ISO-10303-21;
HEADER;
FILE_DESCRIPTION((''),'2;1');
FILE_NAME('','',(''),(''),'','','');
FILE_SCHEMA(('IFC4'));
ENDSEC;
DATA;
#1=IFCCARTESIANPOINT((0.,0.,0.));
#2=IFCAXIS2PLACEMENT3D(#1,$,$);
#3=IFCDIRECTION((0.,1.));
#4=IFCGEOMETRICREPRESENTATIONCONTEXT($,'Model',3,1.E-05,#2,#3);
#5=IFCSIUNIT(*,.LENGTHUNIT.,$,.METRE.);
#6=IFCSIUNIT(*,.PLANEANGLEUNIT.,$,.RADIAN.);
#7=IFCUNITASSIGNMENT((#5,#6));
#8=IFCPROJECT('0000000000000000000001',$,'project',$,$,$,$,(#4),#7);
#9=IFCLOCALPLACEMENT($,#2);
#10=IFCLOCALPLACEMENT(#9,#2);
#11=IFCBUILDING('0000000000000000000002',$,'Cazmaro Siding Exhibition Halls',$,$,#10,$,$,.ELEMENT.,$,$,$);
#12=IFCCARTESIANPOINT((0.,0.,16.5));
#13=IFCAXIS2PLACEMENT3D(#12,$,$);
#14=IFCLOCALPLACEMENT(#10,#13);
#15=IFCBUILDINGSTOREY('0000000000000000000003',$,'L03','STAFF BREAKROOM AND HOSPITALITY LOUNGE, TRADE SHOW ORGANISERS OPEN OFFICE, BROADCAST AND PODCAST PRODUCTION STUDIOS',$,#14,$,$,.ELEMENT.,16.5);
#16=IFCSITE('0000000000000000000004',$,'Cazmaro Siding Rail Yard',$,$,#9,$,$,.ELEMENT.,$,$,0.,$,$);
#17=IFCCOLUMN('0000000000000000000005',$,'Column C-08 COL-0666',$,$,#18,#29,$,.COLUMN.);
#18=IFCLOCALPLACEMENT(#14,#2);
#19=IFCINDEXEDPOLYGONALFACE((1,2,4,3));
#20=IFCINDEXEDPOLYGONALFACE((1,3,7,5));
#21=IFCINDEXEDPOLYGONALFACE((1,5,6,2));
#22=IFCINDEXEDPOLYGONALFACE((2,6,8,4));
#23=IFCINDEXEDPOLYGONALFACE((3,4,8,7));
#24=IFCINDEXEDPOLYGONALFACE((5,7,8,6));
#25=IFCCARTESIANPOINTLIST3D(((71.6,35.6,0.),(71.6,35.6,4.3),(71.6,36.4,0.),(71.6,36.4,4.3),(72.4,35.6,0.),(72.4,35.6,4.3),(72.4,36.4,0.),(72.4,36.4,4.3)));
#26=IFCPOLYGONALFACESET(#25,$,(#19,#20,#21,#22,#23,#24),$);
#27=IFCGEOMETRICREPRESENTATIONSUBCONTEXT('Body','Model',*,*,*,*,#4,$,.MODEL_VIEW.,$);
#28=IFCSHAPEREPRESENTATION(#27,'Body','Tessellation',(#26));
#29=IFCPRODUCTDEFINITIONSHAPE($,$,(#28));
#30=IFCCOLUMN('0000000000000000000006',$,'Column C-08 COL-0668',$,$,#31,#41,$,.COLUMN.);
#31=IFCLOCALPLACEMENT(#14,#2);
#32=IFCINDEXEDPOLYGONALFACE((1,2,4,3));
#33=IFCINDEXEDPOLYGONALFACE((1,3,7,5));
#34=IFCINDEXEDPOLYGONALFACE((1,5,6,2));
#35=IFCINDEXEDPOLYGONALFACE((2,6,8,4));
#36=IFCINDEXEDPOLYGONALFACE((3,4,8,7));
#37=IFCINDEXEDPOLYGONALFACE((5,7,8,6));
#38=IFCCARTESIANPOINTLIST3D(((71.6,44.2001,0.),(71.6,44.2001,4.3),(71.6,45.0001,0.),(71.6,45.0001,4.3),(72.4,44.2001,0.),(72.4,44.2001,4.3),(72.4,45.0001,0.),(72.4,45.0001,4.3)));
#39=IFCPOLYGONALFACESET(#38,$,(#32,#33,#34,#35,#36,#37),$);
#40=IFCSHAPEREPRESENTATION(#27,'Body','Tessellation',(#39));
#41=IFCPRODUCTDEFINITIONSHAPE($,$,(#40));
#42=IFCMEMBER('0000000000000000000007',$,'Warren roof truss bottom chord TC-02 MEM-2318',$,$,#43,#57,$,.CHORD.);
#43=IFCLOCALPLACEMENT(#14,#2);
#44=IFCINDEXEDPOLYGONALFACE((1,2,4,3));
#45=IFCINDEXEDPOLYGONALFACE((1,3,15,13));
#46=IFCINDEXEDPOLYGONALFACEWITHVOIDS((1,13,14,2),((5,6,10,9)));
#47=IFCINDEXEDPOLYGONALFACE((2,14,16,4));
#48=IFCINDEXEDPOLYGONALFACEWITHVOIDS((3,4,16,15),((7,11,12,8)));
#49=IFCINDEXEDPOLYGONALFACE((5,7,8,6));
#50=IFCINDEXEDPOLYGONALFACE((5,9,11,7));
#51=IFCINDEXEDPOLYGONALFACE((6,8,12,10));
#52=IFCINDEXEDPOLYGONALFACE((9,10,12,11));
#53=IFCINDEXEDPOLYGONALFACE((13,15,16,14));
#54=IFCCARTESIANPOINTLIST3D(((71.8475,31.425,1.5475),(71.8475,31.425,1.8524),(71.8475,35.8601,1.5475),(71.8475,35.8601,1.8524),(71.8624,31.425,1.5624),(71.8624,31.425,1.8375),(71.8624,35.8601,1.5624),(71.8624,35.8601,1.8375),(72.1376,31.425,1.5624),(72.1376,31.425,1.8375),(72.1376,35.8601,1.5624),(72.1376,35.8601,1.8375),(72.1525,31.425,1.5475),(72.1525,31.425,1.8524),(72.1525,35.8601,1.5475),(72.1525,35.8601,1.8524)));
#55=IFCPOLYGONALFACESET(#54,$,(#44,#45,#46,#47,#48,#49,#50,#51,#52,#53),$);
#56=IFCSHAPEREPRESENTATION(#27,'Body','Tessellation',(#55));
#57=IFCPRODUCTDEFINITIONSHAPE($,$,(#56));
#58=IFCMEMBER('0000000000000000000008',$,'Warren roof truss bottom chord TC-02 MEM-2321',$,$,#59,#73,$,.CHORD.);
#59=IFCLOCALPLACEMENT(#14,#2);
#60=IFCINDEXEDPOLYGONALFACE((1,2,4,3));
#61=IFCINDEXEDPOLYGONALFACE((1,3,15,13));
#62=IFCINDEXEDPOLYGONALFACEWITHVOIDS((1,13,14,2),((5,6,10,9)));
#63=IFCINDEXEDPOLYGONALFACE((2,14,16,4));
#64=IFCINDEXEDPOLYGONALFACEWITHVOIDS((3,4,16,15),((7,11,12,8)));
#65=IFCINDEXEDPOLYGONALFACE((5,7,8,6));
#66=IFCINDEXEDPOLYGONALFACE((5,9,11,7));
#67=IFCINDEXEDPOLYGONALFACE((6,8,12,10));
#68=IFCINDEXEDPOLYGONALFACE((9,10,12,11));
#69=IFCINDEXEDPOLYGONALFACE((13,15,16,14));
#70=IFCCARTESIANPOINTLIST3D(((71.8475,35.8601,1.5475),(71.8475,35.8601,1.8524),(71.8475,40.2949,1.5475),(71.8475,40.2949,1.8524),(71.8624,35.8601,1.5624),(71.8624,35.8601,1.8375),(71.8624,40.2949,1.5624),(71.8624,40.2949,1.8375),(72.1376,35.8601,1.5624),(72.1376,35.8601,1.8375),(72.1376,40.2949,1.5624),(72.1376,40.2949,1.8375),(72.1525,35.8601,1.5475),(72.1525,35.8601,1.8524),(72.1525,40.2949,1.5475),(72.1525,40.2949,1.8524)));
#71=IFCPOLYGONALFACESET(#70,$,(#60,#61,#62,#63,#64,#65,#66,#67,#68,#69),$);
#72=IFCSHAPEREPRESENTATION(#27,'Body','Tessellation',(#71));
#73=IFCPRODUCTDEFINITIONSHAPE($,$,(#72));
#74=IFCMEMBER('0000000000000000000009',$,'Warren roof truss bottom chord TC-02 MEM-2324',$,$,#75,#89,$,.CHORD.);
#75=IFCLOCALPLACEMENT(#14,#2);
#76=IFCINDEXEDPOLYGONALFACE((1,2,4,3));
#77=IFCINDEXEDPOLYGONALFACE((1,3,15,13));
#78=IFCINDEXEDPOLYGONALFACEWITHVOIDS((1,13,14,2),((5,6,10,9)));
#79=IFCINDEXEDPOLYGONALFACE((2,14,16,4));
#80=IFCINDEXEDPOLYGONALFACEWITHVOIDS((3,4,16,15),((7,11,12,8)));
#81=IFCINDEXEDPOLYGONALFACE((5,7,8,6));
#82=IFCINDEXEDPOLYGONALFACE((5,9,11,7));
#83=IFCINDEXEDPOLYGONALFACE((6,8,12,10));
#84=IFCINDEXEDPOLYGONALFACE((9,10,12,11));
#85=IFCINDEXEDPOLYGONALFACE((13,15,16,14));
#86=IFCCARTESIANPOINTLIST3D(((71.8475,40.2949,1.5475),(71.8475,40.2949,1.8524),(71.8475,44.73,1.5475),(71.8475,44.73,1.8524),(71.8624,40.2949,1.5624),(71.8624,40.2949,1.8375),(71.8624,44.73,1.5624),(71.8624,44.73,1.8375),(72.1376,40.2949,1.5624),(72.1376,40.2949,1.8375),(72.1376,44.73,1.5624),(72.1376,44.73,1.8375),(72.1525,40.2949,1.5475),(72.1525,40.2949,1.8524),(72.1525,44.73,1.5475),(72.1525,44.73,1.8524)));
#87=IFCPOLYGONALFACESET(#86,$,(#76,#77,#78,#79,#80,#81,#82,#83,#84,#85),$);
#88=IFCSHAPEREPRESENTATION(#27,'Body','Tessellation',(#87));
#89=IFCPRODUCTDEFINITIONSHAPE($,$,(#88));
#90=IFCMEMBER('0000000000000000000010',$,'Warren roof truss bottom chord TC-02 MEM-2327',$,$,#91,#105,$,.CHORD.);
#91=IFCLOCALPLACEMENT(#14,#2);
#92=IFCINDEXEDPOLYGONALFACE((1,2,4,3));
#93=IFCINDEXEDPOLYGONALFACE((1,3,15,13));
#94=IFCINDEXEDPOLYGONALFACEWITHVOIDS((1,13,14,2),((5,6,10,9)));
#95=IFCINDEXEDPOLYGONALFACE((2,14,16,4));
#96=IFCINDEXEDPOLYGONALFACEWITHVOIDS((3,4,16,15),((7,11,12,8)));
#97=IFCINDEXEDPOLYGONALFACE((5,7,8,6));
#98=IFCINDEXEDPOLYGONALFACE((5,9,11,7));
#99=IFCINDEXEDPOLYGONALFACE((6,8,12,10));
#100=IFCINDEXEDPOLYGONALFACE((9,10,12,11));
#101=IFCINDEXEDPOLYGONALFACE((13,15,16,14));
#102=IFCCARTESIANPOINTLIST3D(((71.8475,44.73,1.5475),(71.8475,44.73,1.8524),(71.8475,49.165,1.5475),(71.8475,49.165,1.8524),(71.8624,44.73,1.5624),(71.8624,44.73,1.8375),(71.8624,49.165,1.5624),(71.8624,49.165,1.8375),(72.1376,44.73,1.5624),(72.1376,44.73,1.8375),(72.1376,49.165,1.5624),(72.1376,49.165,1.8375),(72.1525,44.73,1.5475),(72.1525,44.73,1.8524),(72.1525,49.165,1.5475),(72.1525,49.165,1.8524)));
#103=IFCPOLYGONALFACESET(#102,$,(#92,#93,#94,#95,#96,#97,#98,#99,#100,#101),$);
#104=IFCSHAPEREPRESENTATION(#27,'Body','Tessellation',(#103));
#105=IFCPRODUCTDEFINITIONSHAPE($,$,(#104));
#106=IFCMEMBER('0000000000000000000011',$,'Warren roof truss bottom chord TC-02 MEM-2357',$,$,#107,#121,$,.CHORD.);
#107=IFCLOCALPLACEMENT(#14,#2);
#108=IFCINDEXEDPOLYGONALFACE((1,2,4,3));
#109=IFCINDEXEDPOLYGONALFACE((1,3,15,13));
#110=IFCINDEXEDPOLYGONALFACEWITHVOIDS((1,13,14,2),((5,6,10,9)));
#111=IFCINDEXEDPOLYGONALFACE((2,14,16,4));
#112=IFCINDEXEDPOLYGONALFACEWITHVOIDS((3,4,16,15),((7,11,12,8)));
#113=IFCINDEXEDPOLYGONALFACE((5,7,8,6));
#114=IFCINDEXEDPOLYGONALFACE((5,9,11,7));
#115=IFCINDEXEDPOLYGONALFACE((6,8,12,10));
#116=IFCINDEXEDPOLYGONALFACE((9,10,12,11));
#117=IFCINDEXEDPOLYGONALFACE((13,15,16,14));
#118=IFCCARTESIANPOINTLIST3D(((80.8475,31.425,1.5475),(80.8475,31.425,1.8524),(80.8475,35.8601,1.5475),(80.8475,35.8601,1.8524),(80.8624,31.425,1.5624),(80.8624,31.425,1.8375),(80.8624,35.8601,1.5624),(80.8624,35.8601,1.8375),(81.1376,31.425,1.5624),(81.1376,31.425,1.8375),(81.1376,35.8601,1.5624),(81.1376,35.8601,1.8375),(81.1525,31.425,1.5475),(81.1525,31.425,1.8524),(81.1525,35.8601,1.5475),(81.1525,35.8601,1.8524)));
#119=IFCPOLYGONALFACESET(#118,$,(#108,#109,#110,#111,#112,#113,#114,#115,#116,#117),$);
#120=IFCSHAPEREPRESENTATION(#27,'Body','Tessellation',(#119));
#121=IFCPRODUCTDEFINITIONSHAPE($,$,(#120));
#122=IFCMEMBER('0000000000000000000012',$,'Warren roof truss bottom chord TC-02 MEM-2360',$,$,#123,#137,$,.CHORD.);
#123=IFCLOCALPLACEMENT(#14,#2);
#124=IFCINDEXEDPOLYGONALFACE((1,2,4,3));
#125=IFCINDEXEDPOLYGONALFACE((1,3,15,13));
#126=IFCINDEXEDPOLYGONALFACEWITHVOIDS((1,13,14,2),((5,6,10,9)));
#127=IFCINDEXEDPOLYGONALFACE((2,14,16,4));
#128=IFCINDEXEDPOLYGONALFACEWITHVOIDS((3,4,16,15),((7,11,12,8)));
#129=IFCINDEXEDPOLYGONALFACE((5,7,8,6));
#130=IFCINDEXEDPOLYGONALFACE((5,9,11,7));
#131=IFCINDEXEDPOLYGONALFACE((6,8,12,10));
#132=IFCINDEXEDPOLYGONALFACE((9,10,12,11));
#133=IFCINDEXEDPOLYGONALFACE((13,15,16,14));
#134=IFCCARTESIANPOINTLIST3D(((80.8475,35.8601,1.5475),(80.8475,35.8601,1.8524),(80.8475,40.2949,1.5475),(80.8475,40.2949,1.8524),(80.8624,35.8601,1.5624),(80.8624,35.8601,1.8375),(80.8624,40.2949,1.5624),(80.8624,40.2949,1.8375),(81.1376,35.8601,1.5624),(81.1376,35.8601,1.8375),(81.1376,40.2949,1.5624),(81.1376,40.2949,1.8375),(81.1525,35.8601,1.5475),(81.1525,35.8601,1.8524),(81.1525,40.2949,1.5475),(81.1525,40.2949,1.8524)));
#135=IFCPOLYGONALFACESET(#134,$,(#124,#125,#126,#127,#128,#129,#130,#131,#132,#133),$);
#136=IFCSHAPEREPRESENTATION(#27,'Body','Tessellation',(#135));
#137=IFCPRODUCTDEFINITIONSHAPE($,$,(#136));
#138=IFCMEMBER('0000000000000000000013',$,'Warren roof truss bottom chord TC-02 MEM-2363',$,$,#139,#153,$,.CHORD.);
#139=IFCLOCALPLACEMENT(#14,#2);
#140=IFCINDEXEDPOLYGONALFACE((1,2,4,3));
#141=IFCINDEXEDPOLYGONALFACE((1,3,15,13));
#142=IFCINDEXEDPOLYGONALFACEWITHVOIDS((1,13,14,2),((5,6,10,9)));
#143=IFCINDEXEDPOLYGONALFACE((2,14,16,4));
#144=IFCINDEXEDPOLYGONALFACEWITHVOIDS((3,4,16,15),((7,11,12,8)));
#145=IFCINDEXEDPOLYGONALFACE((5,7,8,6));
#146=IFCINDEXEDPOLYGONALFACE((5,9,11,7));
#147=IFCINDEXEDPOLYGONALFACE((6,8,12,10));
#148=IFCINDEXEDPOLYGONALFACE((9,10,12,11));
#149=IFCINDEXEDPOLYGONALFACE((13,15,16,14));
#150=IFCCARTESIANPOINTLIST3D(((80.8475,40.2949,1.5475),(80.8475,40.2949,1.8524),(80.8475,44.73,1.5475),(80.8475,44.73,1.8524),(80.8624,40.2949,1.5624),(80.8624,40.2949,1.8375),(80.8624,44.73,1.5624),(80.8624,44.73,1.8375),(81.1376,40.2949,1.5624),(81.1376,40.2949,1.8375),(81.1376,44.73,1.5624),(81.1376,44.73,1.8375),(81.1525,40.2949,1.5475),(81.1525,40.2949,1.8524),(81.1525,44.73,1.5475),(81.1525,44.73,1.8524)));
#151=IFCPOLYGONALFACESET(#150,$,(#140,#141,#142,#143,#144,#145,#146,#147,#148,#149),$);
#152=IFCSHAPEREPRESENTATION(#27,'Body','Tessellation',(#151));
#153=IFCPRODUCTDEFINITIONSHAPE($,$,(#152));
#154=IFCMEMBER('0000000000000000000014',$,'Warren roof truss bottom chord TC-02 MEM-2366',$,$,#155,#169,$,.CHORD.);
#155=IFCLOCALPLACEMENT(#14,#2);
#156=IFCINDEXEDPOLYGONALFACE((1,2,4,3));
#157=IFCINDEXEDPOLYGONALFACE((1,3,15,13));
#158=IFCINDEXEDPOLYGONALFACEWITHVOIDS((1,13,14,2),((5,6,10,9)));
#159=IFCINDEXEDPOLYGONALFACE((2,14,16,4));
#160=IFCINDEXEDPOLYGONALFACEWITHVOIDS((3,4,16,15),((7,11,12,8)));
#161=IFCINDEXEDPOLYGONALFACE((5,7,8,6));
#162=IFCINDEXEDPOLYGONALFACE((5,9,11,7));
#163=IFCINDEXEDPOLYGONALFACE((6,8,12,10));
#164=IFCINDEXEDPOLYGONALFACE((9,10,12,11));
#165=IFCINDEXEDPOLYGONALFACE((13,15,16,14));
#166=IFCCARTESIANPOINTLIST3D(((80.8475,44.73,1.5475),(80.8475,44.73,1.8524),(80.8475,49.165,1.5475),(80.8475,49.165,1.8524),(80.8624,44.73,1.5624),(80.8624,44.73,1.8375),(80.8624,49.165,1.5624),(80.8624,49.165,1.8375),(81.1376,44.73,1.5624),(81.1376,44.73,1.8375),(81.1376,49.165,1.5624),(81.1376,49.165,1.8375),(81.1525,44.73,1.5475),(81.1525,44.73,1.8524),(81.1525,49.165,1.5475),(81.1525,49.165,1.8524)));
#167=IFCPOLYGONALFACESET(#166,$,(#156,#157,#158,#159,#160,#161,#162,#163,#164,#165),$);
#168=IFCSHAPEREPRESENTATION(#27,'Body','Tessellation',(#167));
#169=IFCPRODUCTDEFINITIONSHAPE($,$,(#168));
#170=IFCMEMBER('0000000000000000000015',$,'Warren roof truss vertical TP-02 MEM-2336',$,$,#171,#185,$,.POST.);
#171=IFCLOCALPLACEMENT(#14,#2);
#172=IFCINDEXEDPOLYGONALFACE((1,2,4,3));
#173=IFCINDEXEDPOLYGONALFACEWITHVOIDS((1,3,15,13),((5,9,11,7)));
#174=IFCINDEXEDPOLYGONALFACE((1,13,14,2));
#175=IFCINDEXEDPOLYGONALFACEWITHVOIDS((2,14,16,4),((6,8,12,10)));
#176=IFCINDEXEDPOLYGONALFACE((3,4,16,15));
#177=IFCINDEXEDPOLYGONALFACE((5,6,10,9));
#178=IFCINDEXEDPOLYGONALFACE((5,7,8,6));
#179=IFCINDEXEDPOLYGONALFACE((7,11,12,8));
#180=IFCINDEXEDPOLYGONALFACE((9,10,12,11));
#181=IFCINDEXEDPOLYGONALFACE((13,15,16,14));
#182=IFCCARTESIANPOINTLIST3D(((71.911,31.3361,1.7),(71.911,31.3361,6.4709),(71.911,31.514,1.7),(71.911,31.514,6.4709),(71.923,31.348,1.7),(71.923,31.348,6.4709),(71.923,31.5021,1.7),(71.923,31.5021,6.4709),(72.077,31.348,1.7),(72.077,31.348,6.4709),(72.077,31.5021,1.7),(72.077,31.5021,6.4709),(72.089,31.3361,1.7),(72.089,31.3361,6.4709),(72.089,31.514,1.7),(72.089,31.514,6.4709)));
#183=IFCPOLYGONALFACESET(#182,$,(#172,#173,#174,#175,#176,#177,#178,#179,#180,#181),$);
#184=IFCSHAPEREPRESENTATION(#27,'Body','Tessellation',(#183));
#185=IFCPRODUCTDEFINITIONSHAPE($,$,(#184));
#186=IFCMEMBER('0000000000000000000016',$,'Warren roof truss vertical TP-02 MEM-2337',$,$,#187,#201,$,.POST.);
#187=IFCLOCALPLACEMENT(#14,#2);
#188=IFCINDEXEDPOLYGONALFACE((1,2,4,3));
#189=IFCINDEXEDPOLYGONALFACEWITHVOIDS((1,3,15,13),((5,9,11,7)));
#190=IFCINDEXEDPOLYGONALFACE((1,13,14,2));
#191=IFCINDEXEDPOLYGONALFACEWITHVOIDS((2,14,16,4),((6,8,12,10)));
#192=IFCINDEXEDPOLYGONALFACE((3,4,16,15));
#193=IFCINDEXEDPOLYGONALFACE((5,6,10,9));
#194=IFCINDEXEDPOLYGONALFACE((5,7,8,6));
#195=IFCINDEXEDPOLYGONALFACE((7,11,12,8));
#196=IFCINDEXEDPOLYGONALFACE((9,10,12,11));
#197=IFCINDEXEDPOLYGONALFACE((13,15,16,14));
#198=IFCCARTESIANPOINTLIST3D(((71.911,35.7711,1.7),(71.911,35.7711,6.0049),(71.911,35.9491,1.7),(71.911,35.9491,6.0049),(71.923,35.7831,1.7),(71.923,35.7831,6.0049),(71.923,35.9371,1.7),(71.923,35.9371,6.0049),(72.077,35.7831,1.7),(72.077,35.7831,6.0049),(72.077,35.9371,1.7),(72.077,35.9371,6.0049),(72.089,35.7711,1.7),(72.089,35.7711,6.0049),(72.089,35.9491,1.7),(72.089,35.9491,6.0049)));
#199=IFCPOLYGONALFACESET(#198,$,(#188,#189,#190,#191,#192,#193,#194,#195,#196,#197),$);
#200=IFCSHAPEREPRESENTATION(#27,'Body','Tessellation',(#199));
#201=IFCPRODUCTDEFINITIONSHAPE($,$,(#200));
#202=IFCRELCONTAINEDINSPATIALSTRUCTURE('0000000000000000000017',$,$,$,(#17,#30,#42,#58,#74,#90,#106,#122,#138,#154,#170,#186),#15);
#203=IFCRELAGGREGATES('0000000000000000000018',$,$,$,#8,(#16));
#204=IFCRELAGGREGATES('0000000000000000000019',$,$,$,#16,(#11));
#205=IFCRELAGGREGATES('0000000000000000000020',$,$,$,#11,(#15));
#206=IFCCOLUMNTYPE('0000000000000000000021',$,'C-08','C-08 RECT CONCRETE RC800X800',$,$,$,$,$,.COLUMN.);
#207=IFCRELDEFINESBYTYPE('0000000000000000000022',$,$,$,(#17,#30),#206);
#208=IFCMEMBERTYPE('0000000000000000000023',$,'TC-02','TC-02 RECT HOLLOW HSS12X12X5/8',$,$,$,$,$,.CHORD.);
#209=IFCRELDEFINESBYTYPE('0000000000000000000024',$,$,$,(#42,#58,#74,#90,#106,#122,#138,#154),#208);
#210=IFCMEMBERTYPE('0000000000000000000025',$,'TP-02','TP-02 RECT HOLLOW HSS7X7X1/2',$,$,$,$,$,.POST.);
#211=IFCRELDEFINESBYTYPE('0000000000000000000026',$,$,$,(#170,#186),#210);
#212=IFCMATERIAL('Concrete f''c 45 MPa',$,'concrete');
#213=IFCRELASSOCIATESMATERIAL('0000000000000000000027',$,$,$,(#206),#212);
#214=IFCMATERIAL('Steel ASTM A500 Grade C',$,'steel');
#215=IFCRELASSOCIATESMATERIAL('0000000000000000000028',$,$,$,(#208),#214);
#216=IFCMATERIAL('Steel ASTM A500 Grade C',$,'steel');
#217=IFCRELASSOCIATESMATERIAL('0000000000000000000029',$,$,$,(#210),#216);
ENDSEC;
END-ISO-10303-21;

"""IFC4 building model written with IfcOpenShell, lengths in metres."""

from ifc_helpers import new_model, si_unit, direction, frame, origin, origin_2d, place, context, subcontext, project, spatial, rectangle, hollow_rectangle, extrude, material, material_profile, profile_set, type_object, element, save


model = new_model("IFC4")

# Units and contexts
model_context = context("Model", 3, precision=1e-05, world=origin(), true_north=direction((0.0, 1.0)))
body_context = subcontext(model_context, "Body", "Model", "MODEL_VIEW")
ifc_project = project(units=[si_unit("LENGTHUNIT", "METRE"), si_unit("PLANEANGLEUNIT", "RADIAN")], contexts=[model_context])

# Site, building, storey
site_placement = place(None, origin())
site = spatial("IfcSite", under=ifc_project, at=site_placement, Name="Cazmaro Siding Rail Yard", CompositionType="ELEMENT", RefElevation=0.0)
building_placement = place(site_placement, origin())
building = spatial("IfcBuilding", under=site, at=building_placement, Name="Cazmaro Siding Exhibition Halls", CompositionType="ELEMENT")
storey_placement = place(building_placement, frame((0.0, 0.0, 16.5)))
storey = spatial("IfcBuildingStorey", under=building, at=storey_placement, Name="L03", Description="STAFF BREAKROOM AND HOSPITALITY LOUNGE, TRADE SHOW ORGANISERS OPEN OFFICE, BROADCAST AND PODCAST PRODUCTION STUDIOS", CompositionType="ELEMENT", Elevation=16.5)

# Columns
ifc_material_1 = material(Name="Concrete f'c 45 MPa", Category="concrete")
ifc_material_profile_1 = material_profile(ifc_material_1, rectangle(XDim=0.8, YDim=0.8, at=origin_2d()), Name="RC800X800")
ifc_profile_set_1 = profile_set([ifc_material_profile_1], Name="Concrete f'c 45 MPa")
column_type = type_object("IfcColumnType", Name="C-08", Description="C-08 RECT CONCRETE RC800X800", PredefinedType="COLUMN", material=ifc_profile_set_1)
for number, where, z_axis, x_axis, name in (
    (1, (72.0, 36.0, 0.0), (0.0, 0.0, 1.0), (1.0, 0.0, 0.0), "Column C-08 COL-0666"),
    (2, (72.0, 44.6001, 0.0), (0.0, 0.0, 1.0), (1.0, 0.0, 0.0), "Column C-08 COL-0668"),
):
    element("IfcColumn", number, at=place(storey_placement, frame(where, z_axis=z_axis, x_axis=x_axis)), inside=storey, type_object=column_type, Name=name, PredefinedType="COLUMN", context=body_context, shape_type="SweptSolid", body=[
        extrude(rectangle(XDim=0.8, YDim=0.8, at=origin_2d()), origin(), (0.0, 0.0, 1.0), 4.3),
    ])

# Members
ifc_material_2 = material(Name="Steel ASTM A500 Grade C", Category="steel")
ifc_material_profile_2 = material_profile(ifc_material_2, hollow_rectangle(XDim=0.3049, YDim=0.3049, WallThickness=0.0149, at=origin_2d()), Name="HSS12X12X5/8")
ifc_profile_set_2 = profile_set([ifc_material_profile_2], Name="Steel ASTM A500 Grade C")
member_type_1 = type_object("IfcMemberType", Name="TC-02", Description="TC-02 RECT HOLLOW HSS12X12X5/8", PredefinedType="CHORD", material=ifc_profile_set_2)
member_1_placement = place(storey_placement, frame((72.0, 31.425, 1.7), z_axis=(0.0, 1.0, 0.0), x_axis=(-1.0, 0.0, 0.0)))
element("IfcMember", 3, at=member_1_placement, inside=storey, type_object=member_type_1, Name="Warren roof truss bottom chord TC-02 MEM-2318", PredefinedType="CHORD", context=body_context, shape_type="SweptSolid", body=[
    extrude(hollow_rectangle(XDim=0.3049, YDim=0.3049, WallThickness=0.0149, at=origin_2d()), origin(), (0.0, 0.0, 1.0), 4.4351),
])
member_2_placement = place(storey_placement, frame((72.0, 35.8601, 1.7), z_axis=(0.0, 1.0, 0.0), x_axis=(-1.0, 0.0, 0.0)))
element("IfcMember", 4, at=member_2_placement, inside=storey, type_object=member_type_1, Name="Warren roof truss bottom chord TC-02 MEM-2321", PredefinedType="CHORD", context=body_context, shape_type="SweptSolid", body=[
    extrude(hollow_rectangle(XDim=0.3049, YDim=0.3049, WallThickness=0.0149, at=origin_2d()), origin(), (0.0, 0.0, 1.0), 4.4348),
])
for number, where, z_axis, x_axis, name in (
    (5, (72.0, 40.2949, 1.7), (0.0, 1.0, 0.0), (-1.0, 0.0, 0.0), "Warren roof truss bottom chord TC-02 MEM-2324"),
    (6, (72.0, 44.73, 1.7), (0.0, 1.0, 0.0), (-1.0, 0.0, 0.0), "Warren roof truss bottom chord TC-02 MEM-2327"),
    (7, (81.0, 31.425, 1.7), (0.0, 1.0, 0.0), (-1.0, 0.0, 0.0), "Warren roof truss bottom chord TC-02 MEM-2357"),
):
    element("IfcMember", number, at=place(storey_placement, frame(where, z_axis=z_axis, x_axis=x_axis)), inside=storey, type_object=member_type_1, Name=name, PredefinedType="CHORD", context=body_context, shape_type="SweptSolid", body=[
        extrude(hollow_rectangle(XDim=0.3049, YDim=0.3049, WallThickness=0.0149, at=origin_2d()), origin(), (0.0, 0.0, 1.0), 4.4351),
    ])
member_3_placement = place(storey_placement, frame((81.0, 35.8601, 1.7), z_axis=(0.0, 1.0, 0.0), x_axis=(-1.0, 0.0, 0.0)))
element("IfcMember", 8, at=member_3_placement, inside=storey, type_object=member_type_1, Name="Warren roof truss bottom chord TC-02 MEM-2360", PredefinedType="CHORD", context=body_context, shape_type="SweptSolid", body=[
    extrude(hollow_rectangle(XDim=0.3049, YDim=0.3049, WallThickness=0.0149, at=origin_2d()), origin(), (0.0, 0.0, 1.0), 4.4348),
])
for number, where, z_axis, x_axis, name in (
    (9, (81.0, 40.2949, 1.7), (0.0, 1.0, 0.0), (-1.0, 0.0, 0.0), "Warren roof truss bottom chord TC-02 MEM-2363"),
    (10, (81.0, 44.73, 1.7), (0.0, 1.0, 0.0), (-1.0, 0.0, 0.0), "Warren roof truss bottom chord TC-02 MEM-2366"),
):
    element("IfcMember", number, at=place(storey_placement, frame(where, z_axis=z_axis, x_axis=x_axis)), inside=storey, type_object=member_type_1, Name=name, PredefinedType="CHORD", context=body_context, shape_type="SweptSolid", body=[
        extrude(hollow_rectangle(XDim=0.3049, YDim=0.3049, WallThickness=0.0149, at=origin_2d()), origin(), (0.0, 0.0, 1.0), 4.4351),
    ])
ifc_material_3 = material(Name="Steel ASTM A500 Grade C", Category="steel")
ifc_material_profile_3 = material_profile(ifc_material_3, hollow_rectangle(XDim=0.178, YDim=0.178, WallThickness=0.012, at=origin_2d()), Name="HSS7X7X1/2")
ifc_profile_set_3 = profile_set([ifc_material_profile_3], Name="Steel ASTM A500 Grade C")
member_type_2 = type_object("IfcMemberType", Name="TP-02", Description="TP-02 RECT HOLLOW HSS7X7X1/2", PredefinedType="POST", material=ifc_profile_set_3)
member_4_placement = place(storey_placement, frame((72.0, 31.425, 1.7), z_axis=(0.0, 0.0, 1.0), x_axis=(1.0, 0.0, 0.0)))
element("IfcMember", 11, at=member_4_placement, inside=storey, type_object=member_type_2, Name="Warren roof truss vertical TP-02 MEM-2336", PredefinedType="POST", context=body_context, shape_type="SweptSolid", body=[
    extrude(hollow_rectangle(XDim=0.178, YDim=0.178, WallThickness=0.012, at=origin_2d()), origin(), (0.0, 0.0, 1.0), 4.771),
])
member_5_placement = place(storey_placement, frame((72.0, 35.8601, 1.7), z_axis=(0.0, 0.0, 1.0), x_axis=(1.0, 0.0, 0.0)))
element("IfcMember", 12, at=member_5_placement, inside=storey, type_object=member_type_2, Name="Warren roof truss vertical TP-02 MEM-2337", PredefinedType="POST", context=body_context, shape_type="SweptSolid", body=[
    extrude(hollow_rectangle(XDim=0.178, YDim=0.178, WallThickness=0.012, at=origin_2d()), origin(), (0.0, 0.0, 1.0), 4.3049),
])

save(model, "model.ifc")
